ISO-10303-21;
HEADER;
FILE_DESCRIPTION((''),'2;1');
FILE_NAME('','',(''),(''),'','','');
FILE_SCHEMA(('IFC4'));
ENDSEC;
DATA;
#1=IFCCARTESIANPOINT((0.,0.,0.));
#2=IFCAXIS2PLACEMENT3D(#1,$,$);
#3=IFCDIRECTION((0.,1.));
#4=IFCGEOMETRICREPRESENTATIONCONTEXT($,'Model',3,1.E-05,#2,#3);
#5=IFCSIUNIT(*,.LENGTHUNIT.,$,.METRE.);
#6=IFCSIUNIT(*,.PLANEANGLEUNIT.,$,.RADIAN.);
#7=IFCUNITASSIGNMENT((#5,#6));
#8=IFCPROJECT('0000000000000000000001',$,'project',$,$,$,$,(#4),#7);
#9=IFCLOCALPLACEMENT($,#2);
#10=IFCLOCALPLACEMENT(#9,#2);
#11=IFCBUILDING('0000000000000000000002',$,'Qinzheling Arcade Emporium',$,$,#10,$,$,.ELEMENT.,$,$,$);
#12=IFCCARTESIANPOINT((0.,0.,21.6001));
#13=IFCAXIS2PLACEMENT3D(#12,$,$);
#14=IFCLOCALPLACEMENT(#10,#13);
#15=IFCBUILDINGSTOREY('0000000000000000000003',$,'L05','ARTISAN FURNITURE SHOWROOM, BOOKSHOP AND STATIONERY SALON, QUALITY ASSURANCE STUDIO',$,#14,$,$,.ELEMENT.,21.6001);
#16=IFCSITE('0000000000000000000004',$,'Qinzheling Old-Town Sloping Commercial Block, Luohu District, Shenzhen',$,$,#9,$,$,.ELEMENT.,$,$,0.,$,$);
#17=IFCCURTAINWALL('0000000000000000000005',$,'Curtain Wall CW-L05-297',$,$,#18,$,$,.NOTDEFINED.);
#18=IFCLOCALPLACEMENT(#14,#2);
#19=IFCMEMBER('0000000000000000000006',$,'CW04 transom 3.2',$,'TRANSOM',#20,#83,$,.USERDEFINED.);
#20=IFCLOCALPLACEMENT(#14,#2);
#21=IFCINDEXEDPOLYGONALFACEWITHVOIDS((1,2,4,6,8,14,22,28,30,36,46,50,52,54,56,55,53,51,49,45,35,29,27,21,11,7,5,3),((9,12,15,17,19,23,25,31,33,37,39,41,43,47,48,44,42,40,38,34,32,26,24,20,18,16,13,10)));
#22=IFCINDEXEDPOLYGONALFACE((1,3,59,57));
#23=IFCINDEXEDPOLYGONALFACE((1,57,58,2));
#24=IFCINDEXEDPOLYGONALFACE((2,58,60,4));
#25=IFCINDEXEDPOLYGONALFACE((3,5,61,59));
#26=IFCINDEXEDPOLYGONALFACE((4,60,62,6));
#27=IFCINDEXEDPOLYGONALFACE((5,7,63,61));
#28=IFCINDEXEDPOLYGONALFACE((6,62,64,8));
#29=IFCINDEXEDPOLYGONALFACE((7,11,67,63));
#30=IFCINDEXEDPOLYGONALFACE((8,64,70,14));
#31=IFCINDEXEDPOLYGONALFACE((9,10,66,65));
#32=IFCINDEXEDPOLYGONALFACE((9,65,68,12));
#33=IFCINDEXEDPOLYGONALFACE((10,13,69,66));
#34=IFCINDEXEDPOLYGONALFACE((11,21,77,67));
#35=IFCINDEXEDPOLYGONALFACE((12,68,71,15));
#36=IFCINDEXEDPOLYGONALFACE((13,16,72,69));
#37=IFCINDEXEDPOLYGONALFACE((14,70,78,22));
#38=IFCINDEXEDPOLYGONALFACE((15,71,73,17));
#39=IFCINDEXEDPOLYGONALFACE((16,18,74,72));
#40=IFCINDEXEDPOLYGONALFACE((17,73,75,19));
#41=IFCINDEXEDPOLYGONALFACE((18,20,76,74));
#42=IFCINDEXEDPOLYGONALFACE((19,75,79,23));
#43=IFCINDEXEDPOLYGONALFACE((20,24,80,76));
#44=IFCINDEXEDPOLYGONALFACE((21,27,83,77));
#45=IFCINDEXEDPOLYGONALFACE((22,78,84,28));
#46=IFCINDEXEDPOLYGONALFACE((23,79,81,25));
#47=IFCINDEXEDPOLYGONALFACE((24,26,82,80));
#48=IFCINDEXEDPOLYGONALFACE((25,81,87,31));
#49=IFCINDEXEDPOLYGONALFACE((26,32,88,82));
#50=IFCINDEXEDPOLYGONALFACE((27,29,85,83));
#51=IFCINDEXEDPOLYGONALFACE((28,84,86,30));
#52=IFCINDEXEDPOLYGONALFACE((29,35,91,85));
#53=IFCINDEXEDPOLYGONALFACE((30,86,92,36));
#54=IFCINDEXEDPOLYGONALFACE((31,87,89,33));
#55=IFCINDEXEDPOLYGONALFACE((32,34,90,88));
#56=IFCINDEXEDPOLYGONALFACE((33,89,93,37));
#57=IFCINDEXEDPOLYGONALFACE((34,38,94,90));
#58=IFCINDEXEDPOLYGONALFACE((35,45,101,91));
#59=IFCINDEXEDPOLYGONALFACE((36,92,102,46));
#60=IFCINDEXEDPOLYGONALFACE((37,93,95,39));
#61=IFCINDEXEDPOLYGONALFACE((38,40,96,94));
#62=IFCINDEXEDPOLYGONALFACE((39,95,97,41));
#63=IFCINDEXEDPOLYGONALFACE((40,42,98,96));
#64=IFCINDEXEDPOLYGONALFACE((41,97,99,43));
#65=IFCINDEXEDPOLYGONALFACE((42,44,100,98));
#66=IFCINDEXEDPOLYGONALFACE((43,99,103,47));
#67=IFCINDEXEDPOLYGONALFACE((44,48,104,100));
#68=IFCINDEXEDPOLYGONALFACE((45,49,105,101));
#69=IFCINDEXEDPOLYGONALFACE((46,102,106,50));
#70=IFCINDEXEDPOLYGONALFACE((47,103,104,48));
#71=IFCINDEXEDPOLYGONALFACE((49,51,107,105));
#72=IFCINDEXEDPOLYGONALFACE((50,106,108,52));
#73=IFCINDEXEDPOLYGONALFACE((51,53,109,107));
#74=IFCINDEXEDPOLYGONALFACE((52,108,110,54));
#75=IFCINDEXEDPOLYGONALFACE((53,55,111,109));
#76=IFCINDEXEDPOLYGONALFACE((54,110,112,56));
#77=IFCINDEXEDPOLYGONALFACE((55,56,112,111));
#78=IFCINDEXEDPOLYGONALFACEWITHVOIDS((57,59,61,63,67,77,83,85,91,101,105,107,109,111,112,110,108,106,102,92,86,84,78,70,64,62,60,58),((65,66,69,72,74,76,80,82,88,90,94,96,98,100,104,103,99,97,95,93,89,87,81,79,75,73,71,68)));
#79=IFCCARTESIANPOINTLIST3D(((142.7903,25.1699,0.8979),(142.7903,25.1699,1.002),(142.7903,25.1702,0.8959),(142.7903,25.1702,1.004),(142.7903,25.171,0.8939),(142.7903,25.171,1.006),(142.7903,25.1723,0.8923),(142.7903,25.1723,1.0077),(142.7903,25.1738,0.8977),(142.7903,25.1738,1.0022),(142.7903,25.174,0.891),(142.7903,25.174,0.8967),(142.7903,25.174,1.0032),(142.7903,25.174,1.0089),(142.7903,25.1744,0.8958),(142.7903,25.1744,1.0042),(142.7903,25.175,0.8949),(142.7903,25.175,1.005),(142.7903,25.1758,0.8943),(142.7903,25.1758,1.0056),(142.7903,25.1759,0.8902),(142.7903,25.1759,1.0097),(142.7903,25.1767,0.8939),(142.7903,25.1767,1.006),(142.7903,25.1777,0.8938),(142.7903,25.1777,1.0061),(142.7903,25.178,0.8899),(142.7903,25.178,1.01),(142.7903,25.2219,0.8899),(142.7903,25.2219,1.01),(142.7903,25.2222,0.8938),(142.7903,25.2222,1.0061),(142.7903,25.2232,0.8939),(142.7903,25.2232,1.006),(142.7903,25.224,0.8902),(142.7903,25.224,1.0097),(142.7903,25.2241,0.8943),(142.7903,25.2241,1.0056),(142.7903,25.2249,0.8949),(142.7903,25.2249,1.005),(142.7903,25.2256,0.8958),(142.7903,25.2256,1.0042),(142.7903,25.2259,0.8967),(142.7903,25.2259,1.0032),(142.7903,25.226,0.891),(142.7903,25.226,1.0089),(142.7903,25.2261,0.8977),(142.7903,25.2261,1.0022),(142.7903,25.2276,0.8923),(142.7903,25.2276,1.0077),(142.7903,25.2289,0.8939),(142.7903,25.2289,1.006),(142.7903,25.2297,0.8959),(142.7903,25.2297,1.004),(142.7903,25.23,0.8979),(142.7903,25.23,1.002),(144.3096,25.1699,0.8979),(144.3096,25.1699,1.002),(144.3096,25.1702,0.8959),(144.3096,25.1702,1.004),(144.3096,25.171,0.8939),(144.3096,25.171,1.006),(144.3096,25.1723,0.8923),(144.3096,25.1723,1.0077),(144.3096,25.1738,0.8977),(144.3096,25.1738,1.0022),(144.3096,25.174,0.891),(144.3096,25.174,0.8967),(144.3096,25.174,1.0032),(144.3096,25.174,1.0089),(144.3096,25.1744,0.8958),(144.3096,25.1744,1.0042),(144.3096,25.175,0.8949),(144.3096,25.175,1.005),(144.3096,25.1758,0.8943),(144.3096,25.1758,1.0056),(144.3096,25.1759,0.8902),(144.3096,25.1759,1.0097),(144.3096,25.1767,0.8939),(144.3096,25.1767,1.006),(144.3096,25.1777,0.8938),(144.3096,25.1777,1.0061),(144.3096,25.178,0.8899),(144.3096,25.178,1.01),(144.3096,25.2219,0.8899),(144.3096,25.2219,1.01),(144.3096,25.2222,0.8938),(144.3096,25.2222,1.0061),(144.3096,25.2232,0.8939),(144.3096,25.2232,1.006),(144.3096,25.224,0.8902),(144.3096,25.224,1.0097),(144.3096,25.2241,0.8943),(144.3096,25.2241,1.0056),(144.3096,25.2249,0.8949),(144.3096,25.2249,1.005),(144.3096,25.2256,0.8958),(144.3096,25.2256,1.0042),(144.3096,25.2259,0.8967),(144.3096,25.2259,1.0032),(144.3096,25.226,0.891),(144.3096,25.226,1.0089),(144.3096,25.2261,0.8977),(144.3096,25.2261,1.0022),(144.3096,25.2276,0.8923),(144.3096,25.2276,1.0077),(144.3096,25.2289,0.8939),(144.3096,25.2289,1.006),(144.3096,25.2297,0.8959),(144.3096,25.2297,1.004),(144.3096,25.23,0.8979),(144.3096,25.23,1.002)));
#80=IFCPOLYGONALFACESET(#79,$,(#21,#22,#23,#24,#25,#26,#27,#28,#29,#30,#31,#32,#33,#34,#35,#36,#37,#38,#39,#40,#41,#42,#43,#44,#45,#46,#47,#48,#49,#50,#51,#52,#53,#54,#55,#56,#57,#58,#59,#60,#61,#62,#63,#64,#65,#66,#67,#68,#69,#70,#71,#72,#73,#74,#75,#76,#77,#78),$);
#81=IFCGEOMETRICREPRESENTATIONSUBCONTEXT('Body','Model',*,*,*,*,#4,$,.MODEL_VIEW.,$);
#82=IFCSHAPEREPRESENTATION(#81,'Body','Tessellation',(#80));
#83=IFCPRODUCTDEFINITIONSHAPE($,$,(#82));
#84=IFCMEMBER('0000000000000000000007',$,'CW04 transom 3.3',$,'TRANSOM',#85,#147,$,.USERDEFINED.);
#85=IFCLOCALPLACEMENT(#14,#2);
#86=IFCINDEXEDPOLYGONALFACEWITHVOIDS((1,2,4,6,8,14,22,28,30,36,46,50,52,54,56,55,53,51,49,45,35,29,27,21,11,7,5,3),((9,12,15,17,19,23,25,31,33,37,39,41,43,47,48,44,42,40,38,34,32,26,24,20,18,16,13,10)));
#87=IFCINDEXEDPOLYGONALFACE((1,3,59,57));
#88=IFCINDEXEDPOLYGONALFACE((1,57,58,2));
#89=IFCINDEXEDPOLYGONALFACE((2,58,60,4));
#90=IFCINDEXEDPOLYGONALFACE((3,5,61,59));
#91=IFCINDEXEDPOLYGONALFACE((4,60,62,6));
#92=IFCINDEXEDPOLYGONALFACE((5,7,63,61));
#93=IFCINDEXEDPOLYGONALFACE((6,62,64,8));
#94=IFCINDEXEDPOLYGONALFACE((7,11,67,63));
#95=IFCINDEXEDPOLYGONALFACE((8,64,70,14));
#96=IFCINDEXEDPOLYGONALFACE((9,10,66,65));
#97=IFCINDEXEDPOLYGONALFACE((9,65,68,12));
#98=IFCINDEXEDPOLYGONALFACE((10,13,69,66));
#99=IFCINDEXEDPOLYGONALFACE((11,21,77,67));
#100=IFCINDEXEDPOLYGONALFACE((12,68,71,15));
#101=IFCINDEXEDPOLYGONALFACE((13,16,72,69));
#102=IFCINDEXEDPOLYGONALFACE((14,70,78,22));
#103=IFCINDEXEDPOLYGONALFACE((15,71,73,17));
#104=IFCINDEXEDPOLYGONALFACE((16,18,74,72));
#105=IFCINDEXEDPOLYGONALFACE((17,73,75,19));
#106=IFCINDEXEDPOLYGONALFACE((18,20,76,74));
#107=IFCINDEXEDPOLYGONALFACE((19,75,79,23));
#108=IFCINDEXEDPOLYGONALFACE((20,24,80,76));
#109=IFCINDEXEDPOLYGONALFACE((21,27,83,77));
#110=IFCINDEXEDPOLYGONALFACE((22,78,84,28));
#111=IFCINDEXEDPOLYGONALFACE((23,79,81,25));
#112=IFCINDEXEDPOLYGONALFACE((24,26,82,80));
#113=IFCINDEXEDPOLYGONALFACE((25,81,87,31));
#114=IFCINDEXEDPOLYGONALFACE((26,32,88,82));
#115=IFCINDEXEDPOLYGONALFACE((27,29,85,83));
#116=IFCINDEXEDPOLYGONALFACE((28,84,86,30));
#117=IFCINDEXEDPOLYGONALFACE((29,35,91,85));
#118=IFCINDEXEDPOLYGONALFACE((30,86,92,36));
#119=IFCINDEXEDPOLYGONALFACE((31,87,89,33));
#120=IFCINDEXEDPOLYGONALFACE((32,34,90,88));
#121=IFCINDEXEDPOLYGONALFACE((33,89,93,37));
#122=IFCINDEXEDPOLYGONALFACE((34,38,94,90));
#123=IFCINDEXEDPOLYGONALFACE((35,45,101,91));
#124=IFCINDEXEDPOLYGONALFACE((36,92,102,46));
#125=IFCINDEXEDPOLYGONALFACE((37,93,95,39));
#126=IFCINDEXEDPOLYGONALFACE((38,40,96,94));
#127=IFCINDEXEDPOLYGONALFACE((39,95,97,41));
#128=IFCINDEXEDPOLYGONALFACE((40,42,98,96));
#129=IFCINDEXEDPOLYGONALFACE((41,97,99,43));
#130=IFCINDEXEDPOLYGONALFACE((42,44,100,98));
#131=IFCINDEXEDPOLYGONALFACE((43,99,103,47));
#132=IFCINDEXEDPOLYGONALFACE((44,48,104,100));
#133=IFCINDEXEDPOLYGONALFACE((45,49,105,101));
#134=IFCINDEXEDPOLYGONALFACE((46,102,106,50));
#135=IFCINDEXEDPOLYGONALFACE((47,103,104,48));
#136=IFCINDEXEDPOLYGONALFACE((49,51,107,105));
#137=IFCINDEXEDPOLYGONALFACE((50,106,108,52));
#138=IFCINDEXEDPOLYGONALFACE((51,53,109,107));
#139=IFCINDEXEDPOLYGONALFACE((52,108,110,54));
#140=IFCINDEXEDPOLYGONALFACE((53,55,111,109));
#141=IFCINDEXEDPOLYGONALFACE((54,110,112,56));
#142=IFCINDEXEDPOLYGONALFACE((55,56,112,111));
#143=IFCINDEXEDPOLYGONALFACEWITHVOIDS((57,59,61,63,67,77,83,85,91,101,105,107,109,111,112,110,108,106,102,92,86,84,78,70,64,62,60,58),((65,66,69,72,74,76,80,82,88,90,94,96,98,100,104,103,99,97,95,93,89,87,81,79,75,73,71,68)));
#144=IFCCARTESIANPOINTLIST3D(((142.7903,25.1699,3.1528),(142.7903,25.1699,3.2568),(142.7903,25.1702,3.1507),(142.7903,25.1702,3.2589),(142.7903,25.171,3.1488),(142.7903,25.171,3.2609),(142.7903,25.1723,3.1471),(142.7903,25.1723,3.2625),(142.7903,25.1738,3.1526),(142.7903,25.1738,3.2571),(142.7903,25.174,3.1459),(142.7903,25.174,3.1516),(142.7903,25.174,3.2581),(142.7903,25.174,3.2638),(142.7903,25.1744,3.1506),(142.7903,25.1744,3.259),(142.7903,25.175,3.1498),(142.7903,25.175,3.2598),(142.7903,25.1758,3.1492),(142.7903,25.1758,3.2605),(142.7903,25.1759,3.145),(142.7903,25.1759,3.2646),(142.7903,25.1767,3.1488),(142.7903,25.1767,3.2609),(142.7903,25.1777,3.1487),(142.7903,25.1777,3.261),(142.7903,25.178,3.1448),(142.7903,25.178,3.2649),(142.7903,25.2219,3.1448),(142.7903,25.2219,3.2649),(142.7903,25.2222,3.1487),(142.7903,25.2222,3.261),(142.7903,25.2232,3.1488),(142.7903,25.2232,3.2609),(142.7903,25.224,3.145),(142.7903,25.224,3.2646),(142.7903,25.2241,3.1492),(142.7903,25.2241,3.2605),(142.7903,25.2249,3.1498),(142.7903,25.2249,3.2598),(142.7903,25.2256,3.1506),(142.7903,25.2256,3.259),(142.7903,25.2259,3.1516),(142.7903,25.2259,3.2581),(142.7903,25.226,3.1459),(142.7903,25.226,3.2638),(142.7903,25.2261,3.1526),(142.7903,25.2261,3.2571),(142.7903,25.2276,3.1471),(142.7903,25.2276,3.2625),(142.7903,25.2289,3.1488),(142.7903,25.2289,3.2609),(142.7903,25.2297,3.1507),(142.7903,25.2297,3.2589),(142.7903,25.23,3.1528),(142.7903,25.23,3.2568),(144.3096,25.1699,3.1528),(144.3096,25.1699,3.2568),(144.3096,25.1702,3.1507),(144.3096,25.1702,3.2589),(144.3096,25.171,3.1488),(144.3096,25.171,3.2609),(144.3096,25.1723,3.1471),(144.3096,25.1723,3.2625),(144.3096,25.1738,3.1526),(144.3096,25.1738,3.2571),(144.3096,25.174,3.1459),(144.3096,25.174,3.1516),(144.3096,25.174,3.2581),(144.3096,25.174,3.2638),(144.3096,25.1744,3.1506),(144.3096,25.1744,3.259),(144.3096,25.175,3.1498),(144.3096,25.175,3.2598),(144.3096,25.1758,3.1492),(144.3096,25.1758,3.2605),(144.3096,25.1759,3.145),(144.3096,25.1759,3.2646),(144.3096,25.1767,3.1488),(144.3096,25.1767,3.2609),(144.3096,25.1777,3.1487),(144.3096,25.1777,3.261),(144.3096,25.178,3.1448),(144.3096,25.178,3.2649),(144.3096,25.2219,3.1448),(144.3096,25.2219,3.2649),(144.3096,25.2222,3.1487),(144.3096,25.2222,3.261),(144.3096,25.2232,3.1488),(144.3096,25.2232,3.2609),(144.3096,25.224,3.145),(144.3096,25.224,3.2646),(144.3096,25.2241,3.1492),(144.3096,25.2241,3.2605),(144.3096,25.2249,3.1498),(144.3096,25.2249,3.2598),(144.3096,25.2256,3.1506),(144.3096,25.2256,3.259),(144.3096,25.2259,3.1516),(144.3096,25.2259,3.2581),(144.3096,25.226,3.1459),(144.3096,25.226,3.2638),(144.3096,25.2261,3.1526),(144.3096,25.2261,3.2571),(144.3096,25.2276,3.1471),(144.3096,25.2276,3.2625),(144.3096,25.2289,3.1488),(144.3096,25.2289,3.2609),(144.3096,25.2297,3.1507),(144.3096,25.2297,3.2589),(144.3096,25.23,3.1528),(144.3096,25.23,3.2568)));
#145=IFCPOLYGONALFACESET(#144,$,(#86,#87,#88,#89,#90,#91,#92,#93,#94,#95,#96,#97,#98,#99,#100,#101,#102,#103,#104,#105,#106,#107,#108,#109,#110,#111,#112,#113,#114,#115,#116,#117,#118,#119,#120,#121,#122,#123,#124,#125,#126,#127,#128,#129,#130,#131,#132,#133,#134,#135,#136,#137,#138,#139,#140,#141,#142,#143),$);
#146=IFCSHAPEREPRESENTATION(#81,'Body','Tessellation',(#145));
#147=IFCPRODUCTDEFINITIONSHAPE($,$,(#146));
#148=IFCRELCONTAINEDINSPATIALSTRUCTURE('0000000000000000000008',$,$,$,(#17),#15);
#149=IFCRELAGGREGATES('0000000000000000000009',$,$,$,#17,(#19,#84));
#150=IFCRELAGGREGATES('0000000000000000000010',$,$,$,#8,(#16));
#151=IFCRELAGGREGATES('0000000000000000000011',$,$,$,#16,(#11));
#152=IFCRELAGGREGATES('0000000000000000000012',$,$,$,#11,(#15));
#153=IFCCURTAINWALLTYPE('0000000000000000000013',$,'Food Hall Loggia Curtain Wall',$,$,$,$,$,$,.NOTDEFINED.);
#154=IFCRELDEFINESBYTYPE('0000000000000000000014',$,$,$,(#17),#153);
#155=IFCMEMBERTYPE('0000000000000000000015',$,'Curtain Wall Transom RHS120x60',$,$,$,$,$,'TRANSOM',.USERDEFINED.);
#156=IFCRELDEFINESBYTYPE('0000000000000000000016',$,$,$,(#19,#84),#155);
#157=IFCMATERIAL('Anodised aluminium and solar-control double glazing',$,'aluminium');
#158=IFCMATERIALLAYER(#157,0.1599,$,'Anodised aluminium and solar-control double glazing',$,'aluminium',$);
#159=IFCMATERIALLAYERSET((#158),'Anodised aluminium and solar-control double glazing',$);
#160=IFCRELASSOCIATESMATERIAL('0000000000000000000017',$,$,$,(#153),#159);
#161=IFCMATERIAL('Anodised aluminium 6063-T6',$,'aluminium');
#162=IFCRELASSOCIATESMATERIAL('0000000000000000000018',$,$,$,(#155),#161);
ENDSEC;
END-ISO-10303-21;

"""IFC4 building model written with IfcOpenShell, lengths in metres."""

from ifc_helpers import new_model, si_unit, direction, frame, origin, origin_2d, place, context, subcontext, project, spatial, hollow_rectangle, extrude, material, layer, layer_set, material_profile, profile_set, type_object, element, aggregate, save


model = new_model("IFC4")

# Units and contexts
model_context = context("Model", 3, precision=1e-05, world=origin(), true_north=direction((0.0, 1.0)))
body_context = subcontext(model_context, "Body", "Model", "MODEL_VIEW")
ifc_project = project(units=[si_unit("LENGTHUNIT", "METRE"), si_unit("PLANEANGLEUNIT", "RADIAN")], contexts=[model_context])

# Site, building, storey
site_placement = place(None, origin())
site = spatial("IfcSite", under=ifc_project, at=site_placement, Name="Qinzheling Old-Town Sloping Commercial Block, Luohu District, Shenzhen", CompositionType="ELEMENT", RefElevation=0.0)
building_placement = place(site_placement, origin())
building = spatial("IfcBuilding", under=site, at=building_placement, Name="Qinzheling Arcade Emporium", CompositionType="ELEMENT")
storey_placement = place(building_placement, frame((0.0, 0.0, 21.6001)))
storey = spatial("IfcBuildingStorey", under=building, at=storey_placement, Name="L05", Description="ARTISAN FURNITURE SHOWROOM, BOOKSHOP AND STATIONERY SALON, QUALITY ASSURANCE STUDIO", CompositionType="ELEMENT", Elevation=21.6001)

# Curtain wall, members
ifc_material_1 = material(Name="Anodised aluminium and solar-control double glazing", Category="aluminium")
ifc_layer_1 = layer(ifc_material_1, 0.1599, Name="Anodised aluminium and solar-control double glazing", Category="aluminium")
ifc_layer_set_1 = layer_set([ifc_layer_1], Name="Anodised aluminium and solar-control double glazing")
curtain_wall_type = type_object("IfcCurtainWallType", Name="Food Hall Loggia Curtain Wall", PredefinedType="NOTDEFINED", material=ifc_layer_set_1)
curtain_wall_placement = place(storey_placement, origin())
curtain_wall = element("IfcCurtainWall", 1, at=curtain_wall_placement, inside=storey, type_object=curtain_wall_type, Name="Curtain Wall CW-L05-297", PredefinedType="NOTDEFINED")
ifc_material_2 = material(Name="Anodised aluminium 6063-T6", Category="aluminium")
ifc_material_profile_1 = material_profile(ifc_material_2, hollow_rectangle(XDim=0.0601, YDim=0.1201, WallThickness=0.0039, InnerFilletRadius=0.0039, OuterFilletRadius=0.0081, at=origin_2d()), Name="RHS 120x60x4", Category="aluminium")
ifc_profile_set_1 = profile_set([ifc_material_profile_1], Name="Anodised aluminium 6063-T6")
member_type_1 = type_object("IfcMemberType", Name="Curtain Wall Transom RHS120x60", ElementType="TRANSOM", PredefinedType="USERDEFINED", material=ifc_profile_set_1)
member_1_placement = place(storey_placement, frame((142.7903, 25.2, 0.95), z_axis=(1.0, 0.0, 0.0), x_axis=(0.0, 1.0, 0.0)))
member_1 = element("IfcMember", 2, at=member_1_placement, type_object=member_type_1, Name="CW04 transom 3.2", ObjectType="TRANSOM", PredefinedType="USERDEFINED", context=body_context, shape_type="SweptSolid", body=[
    extrude(hollow_rectangle(XDim=0.0601, YDim=0.1201, WallThickness=0.0039, InnerFilletRadius=0.0039, OuterFilletRadius=0.0081, at=origin_2d()), origin(), (0.0, 0.0, 1.0), 1.5193),
])
member_2_placement = place(storey_placement, frame((142.7903, 25.2, 3.2048), z_axis=(1.0, 0.0, 0.0), x_axis=(0.0, 1.0, 0.0)))
member_2 = element("IfcMember", 3, at=member_2_placement, type_object=member_type_1, Name="CW04 transom 3.3", ObjectType="TRANSOM", PredefinedType="USERDEFINED", context=body_context, shape_type="SweptSolid", body=[
    extrude(hollow_rectangle(XDim=0.0601, YDim=0.1201, WallThickness=0.0039, InnerFilletRadius=0.0039, OuterFilletRadius=0.0081, at=origin_2d()), origin(), (0.0, 0.0, 1.0), 1.5193),
])
aggregate(curtain_wall, [member_1, member_2])

save(model, "model.ifc")
